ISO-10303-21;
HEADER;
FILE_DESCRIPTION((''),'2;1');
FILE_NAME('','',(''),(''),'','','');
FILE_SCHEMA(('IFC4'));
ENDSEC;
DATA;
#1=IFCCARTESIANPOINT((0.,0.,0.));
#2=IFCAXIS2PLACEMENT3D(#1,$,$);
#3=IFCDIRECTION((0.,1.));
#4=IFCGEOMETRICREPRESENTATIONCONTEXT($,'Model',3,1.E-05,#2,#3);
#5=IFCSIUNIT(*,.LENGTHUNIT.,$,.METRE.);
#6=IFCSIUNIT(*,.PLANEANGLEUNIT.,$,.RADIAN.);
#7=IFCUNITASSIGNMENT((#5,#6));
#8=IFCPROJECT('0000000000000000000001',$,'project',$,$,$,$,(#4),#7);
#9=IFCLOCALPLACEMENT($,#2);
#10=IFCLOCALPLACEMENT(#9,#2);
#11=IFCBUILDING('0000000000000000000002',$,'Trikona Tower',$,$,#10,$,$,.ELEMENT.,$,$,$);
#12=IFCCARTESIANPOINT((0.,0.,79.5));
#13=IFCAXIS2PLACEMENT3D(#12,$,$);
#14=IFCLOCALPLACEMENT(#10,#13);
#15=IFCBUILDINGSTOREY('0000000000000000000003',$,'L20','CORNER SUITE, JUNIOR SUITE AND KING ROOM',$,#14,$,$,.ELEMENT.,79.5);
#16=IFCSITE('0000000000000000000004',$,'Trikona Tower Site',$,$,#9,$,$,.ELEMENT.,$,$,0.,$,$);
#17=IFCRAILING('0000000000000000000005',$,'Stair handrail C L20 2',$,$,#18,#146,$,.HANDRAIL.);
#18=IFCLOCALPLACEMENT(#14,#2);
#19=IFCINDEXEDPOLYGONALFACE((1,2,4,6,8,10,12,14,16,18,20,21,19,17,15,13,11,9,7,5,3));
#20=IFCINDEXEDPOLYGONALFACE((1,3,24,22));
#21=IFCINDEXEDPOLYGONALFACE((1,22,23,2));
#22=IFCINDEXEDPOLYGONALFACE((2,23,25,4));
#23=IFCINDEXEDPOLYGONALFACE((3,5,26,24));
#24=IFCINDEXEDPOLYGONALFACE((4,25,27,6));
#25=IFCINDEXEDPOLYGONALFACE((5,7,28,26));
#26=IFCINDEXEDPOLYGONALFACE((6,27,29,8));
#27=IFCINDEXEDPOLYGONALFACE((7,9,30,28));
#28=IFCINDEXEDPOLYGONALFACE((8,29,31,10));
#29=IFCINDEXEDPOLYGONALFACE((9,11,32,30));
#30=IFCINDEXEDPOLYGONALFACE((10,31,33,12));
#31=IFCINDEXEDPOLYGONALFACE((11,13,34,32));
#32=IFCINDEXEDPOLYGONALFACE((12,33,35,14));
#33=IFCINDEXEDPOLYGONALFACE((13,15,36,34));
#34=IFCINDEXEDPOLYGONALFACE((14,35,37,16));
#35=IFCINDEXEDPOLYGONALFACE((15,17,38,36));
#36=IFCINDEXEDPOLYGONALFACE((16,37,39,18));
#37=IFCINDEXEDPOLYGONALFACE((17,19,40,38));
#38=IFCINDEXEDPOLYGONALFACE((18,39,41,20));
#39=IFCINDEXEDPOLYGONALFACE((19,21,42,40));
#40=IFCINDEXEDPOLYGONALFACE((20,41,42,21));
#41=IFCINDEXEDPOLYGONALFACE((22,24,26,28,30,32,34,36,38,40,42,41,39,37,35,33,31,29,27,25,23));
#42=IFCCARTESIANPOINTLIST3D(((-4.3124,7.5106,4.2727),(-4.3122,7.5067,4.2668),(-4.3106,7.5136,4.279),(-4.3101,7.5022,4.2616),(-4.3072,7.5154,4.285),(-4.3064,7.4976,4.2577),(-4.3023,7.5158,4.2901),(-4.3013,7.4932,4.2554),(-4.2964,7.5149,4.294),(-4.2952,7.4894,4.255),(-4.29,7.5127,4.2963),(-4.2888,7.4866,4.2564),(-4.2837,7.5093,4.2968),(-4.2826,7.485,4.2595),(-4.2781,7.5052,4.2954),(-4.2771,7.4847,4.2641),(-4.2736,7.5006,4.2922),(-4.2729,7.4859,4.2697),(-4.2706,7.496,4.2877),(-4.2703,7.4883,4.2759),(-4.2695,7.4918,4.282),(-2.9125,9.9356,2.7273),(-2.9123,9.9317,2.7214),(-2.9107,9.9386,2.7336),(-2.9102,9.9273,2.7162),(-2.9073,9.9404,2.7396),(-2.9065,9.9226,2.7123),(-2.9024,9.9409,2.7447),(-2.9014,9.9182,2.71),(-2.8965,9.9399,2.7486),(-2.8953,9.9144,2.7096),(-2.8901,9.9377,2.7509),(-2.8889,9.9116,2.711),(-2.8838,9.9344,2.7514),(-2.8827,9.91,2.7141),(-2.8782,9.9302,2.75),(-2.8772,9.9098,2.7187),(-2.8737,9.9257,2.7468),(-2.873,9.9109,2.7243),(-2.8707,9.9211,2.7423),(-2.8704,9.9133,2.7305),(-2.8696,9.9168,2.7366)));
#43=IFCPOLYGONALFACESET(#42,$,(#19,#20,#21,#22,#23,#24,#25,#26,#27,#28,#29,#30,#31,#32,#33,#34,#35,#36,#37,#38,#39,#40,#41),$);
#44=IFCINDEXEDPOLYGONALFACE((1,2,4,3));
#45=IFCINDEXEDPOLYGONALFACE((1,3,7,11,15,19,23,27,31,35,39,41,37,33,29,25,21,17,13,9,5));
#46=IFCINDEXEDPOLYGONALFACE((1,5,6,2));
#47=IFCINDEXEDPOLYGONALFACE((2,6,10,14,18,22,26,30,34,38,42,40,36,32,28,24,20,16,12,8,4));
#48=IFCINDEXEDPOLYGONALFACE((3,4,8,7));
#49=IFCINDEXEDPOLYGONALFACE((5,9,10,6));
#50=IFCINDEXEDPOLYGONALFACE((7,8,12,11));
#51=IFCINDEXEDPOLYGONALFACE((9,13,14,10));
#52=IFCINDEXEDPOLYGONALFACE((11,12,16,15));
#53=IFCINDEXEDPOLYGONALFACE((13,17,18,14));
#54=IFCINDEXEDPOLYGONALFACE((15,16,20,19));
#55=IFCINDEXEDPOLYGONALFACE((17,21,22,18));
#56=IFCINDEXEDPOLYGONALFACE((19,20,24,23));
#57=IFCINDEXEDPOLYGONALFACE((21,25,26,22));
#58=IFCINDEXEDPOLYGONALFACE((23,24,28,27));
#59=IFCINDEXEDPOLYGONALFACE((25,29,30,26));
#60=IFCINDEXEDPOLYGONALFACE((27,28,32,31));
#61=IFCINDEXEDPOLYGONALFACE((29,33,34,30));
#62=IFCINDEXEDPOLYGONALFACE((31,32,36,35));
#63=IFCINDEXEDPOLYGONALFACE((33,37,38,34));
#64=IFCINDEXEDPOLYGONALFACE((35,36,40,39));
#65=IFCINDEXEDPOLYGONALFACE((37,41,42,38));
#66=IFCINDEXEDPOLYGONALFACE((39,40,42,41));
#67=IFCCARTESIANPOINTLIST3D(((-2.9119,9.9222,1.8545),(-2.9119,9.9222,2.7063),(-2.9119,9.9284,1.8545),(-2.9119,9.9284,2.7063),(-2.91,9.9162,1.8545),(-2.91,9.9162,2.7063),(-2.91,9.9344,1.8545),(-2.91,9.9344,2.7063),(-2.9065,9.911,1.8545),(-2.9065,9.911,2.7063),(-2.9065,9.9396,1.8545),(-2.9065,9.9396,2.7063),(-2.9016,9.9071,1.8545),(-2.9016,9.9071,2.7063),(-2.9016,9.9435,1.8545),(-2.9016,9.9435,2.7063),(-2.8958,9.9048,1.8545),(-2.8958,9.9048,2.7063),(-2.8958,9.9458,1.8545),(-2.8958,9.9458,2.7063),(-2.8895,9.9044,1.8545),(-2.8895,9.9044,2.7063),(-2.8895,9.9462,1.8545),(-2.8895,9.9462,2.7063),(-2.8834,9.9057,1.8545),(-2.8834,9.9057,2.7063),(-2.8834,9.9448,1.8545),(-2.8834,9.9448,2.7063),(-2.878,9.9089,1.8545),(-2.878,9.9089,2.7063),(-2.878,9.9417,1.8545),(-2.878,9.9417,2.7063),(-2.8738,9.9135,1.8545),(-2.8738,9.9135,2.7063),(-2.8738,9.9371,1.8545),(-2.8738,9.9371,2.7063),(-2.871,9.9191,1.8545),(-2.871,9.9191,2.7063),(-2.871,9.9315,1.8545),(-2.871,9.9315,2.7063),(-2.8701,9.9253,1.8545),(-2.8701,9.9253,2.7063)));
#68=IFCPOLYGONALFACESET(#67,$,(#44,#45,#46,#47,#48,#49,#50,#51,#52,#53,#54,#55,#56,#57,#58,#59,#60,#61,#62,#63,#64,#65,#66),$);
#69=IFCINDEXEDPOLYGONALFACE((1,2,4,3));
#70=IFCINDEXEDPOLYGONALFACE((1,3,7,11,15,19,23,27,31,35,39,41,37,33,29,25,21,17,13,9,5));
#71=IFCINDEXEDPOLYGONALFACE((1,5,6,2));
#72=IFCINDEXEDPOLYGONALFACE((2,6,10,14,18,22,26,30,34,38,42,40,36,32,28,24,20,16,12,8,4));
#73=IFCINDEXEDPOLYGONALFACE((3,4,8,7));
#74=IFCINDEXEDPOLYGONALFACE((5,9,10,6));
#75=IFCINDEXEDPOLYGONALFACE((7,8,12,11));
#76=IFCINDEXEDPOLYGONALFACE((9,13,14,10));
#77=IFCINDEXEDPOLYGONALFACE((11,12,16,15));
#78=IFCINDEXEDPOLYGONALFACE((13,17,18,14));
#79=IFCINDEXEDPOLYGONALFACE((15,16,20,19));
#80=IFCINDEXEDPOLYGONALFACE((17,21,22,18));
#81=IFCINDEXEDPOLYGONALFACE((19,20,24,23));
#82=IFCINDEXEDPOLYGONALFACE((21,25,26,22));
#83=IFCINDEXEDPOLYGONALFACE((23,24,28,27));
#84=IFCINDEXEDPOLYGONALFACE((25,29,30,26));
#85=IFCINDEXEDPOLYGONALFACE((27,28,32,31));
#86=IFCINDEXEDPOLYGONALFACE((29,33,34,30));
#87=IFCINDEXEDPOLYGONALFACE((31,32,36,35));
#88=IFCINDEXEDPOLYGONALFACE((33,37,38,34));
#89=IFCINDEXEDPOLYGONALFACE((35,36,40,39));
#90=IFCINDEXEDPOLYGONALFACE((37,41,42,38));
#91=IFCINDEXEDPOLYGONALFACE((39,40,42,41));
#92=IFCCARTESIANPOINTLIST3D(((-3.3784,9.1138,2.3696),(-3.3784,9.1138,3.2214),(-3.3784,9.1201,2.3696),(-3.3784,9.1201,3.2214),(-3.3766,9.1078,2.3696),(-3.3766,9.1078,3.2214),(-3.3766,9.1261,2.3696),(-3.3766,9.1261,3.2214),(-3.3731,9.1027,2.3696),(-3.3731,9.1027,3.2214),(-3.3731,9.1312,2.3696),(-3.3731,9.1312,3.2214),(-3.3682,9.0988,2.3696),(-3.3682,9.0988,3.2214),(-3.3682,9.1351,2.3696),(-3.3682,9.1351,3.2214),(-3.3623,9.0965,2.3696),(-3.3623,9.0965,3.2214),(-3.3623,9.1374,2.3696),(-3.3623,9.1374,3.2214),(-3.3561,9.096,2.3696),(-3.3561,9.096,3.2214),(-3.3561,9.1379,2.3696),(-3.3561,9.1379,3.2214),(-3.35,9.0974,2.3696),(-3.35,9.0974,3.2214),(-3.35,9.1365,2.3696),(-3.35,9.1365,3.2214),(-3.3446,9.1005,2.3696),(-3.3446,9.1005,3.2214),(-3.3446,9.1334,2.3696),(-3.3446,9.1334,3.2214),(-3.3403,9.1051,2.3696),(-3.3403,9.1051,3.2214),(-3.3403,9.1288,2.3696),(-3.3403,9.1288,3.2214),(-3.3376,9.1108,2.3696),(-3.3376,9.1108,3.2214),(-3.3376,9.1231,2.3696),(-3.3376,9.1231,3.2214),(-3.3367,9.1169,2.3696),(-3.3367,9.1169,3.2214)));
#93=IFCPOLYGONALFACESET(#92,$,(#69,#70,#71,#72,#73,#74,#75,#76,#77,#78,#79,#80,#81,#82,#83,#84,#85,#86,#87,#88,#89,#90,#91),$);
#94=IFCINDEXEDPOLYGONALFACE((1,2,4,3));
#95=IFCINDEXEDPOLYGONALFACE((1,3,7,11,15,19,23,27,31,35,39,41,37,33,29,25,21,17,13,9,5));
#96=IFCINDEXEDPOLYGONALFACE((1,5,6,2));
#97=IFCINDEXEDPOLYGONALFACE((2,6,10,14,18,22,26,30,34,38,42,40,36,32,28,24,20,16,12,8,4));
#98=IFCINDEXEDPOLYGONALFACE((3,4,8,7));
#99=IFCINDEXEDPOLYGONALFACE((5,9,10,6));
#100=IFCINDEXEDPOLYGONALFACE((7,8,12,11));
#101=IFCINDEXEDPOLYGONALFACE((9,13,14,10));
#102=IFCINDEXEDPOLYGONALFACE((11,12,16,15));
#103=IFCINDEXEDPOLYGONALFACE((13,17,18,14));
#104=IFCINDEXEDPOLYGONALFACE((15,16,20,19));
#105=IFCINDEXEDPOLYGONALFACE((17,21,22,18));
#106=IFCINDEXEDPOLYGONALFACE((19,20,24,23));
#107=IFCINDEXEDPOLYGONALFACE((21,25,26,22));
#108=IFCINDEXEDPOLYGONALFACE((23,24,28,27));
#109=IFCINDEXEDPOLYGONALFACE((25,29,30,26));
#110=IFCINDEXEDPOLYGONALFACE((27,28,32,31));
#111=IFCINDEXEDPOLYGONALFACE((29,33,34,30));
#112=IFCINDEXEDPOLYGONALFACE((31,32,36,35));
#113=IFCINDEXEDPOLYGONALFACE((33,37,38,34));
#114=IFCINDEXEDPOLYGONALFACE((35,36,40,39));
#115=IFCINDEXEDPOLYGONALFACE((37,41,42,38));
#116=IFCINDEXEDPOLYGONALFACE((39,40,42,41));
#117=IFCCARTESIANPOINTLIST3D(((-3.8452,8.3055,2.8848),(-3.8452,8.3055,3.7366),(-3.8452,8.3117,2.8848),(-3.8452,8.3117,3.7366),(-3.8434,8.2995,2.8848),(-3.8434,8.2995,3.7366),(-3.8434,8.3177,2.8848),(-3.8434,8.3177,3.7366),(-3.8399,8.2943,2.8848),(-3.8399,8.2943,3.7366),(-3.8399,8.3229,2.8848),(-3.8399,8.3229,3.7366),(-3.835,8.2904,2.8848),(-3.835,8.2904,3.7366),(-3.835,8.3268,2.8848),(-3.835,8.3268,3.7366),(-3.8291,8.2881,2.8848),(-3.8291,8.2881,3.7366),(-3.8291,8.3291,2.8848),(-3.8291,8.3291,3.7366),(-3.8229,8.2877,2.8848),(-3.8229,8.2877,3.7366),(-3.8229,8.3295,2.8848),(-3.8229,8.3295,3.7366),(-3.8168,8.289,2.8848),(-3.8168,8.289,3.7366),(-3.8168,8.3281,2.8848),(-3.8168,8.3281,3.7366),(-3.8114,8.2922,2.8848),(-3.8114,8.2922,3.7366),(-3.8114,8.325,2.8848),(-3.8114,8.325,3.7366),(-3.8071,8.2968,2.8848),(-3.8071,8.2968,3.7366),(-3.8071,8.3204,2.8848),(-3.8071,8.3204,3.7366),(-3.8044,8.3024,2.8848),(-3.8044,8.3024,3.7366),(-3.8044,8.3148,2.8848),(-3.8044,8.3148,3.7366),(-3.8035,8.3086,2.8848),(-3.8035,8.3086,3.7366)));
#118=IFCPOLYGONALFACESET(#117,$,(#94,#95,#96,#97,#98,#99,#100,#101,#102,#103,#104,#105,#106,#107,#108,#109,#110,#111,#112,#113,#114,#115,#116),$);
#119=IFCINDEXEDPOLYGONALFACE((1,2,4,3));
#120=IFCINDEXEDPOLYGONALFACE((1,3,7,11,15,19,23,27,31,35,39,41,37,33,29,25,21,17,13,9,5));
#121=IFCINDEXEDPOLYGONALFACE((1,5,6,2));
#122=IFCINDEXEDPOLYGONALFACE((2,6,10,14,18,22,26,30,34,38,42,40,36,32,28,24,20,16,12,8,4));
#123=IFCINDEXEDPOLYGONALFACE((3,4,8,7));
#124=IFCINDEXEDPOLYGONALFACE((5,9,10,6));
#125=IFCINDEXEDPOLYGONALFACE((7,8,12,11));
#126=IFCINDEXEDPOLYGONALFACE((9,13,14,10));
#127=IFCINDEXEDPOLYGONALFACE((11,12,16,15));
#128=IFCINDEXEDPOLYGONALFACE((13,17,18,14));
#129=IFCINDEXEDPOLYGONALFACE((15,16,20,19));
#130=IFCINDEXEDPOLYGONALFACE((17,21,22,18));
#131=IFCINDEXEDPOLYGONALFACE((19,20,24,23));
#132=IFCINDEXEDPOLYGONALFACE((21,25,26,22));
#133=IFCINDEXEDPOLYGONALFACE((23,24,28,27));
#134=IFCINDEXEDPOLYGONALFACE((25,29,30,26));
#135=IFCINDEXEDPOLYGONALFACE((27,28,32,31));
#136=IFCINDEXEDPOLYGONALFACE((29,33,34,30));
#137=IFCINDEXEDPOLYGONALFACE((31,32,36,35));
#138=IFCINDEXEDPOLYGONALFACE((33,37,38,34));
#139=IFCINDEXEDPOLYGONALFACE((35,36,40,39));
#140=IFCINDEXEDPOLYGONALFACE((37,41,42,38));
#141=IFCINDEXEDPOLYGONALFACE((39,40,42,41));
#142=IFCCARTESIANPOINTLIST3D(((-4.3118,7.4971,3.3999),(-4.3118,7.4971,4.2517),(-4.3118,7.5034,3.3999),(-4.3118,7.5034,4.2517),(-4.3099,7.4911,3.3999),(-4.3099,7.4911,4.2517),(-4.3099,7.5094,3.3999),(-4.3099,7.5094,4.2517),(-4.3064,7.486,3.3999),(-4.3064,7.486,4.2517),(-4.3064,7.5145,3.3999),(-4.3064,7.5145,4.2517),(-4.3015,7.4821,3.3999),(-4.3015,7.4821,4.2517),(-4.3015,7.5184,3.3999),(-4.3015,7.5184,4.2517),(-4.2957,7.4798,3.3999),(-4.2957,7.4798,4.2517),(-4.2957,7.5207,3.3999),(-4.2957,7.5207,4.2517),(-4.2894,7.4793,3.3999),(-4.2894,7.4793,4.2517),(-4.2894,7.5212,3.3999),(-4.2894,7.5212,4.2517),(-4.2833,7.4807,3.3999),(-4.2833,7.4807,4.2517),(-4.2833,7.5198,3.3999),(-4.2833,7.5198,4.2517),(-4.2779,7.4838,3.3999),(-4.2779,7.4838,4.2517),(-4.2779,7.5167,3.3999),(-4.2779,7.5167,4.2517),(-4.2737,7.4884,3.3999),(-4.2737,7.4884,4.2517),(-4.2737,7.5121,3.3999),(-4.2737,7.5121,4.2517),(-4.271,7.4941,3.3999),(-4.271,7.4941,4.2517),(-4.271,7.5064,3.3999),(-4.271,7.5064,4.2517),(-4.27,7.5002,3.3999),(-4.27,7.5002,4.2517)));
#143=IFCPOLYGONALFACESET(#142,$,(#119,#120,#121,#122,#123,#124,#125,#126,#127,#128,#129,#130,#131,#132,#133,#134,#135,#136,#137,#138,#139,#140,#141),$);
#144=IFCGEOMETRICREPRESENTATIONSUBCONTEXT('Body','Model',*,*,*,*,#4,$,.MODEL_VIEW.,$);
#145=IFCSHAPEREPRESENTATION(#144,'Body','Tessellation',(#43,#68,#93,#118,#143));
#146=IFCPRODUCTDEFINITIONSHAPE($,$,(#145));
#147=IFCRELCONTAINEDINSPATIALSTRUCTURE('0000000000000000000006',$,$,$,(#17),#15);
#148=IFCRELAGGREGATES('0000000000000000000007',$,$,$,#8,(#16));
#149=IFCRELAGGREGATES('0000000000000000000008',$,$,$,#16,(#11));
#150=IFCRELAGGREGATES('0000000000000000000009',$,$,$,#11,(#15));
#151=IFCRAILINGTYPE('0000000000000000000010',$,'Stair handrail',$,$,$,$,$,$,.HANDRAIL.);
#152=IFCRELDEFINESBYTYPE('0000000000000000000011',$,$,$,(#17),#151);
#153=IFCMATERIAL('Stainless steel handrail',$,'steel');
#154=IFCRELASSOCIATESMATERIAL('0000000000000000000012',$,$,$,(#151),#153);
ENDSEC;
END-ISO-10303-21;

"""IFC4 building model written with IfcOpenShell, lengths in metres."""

from ifc_helpers import new_model, si_unit, direction, frame, origin, origin_2d, place, context, subcontext, project, spatial, circle, extrude, material, type_object, element, save


model = new_model("IFC4")

# Units and contexts
model_context = context("Model", 3, precision=1e-05, world=origin(), true_north=direction((0.0, 1.0)))
body_context = subcontext(model_context, "Body", "Model", "MODEL_VIEW")
ifc_project = project(units=[si_unit("LENGTHUNIT", "METRE"), si_unit("PLANEANGLEUNIT", "RADIAN")], contexts=[model_context])

# Site, building, storey
site_placement = place(None, origin())
site = spatial("IfcSite", under=ifc_project, at=site_placement, Name="Trikona Tower Site", CompositionType="ELEMENT", RefElevation=0.0)
building_placement = place(site_placement, origin())
building = spatial("IfcBuilding", under=site, at=building_placement, Name="Trikona Tower", CompositionType="ELEMENT")
storey_placement = place(building_placement, frame((0.0, 0.0, 79.5)))
storey = spatial("IfcBuildingStorey", under=building, at=storey_placement, Name="L20", Description="CORNER SUITE, JUNIOR SUITE AND KING ROOM", CompositionType="ELEMENT", Elevation=79.5)

# Railing
ifc_material_1 = material(Name="Stainless steel handrail", Category="steel")
railing_type = type_object("IfcRailingType", Name="Stair handrail", PredefinedType="HANDRAIL", material=ifc_material_1)
railing_1_placement = place(storey_placement, frame((-2.8911, 9.9253, 1.8545)))
element("IfcRailing", 1, at=railing_1_placement, inside=storey, type_object=railing_type, Name="Stair handrail C L20 2", PredefinedType="HANDRAIL", context=body_context, shape_type="SweptSolid", body=[
    extrude(circle(Radius=0.0239, at=origin_2d()), frame((0.0, 0.0, 0.876), z_axis=(-0.437707, -0.75824, 0.483203), x_axis=(0.866056, -0.499946, 0.0)), (0.0, 0.0, 1.0), 3.1982),
    extrude(circle(Radius=0.021, at=origin_2d()), origin(), (0.0, 0.0, 1.0), 0.8518),
    extrude(circle(Radius=0.021, at=origin_2d()), frame((-0.4666, -0.8083, 0.5151)), (0.0, 0.0, 1.0), 0.8518),
    extrude(circle(Radius=0.021, at=origin_2d()), frame((-0.9333, -1.6167, 1.0303)), (0.0, 0.0, 1.0), 0.8518),
    extrude(circle(Radius=0.021, at=origin_2d()), frame((-1.3999, -2.425, 1.5454)), (0.0, 0.0, 1.0), 0.8518),
])

save(model, "model.ifc")
